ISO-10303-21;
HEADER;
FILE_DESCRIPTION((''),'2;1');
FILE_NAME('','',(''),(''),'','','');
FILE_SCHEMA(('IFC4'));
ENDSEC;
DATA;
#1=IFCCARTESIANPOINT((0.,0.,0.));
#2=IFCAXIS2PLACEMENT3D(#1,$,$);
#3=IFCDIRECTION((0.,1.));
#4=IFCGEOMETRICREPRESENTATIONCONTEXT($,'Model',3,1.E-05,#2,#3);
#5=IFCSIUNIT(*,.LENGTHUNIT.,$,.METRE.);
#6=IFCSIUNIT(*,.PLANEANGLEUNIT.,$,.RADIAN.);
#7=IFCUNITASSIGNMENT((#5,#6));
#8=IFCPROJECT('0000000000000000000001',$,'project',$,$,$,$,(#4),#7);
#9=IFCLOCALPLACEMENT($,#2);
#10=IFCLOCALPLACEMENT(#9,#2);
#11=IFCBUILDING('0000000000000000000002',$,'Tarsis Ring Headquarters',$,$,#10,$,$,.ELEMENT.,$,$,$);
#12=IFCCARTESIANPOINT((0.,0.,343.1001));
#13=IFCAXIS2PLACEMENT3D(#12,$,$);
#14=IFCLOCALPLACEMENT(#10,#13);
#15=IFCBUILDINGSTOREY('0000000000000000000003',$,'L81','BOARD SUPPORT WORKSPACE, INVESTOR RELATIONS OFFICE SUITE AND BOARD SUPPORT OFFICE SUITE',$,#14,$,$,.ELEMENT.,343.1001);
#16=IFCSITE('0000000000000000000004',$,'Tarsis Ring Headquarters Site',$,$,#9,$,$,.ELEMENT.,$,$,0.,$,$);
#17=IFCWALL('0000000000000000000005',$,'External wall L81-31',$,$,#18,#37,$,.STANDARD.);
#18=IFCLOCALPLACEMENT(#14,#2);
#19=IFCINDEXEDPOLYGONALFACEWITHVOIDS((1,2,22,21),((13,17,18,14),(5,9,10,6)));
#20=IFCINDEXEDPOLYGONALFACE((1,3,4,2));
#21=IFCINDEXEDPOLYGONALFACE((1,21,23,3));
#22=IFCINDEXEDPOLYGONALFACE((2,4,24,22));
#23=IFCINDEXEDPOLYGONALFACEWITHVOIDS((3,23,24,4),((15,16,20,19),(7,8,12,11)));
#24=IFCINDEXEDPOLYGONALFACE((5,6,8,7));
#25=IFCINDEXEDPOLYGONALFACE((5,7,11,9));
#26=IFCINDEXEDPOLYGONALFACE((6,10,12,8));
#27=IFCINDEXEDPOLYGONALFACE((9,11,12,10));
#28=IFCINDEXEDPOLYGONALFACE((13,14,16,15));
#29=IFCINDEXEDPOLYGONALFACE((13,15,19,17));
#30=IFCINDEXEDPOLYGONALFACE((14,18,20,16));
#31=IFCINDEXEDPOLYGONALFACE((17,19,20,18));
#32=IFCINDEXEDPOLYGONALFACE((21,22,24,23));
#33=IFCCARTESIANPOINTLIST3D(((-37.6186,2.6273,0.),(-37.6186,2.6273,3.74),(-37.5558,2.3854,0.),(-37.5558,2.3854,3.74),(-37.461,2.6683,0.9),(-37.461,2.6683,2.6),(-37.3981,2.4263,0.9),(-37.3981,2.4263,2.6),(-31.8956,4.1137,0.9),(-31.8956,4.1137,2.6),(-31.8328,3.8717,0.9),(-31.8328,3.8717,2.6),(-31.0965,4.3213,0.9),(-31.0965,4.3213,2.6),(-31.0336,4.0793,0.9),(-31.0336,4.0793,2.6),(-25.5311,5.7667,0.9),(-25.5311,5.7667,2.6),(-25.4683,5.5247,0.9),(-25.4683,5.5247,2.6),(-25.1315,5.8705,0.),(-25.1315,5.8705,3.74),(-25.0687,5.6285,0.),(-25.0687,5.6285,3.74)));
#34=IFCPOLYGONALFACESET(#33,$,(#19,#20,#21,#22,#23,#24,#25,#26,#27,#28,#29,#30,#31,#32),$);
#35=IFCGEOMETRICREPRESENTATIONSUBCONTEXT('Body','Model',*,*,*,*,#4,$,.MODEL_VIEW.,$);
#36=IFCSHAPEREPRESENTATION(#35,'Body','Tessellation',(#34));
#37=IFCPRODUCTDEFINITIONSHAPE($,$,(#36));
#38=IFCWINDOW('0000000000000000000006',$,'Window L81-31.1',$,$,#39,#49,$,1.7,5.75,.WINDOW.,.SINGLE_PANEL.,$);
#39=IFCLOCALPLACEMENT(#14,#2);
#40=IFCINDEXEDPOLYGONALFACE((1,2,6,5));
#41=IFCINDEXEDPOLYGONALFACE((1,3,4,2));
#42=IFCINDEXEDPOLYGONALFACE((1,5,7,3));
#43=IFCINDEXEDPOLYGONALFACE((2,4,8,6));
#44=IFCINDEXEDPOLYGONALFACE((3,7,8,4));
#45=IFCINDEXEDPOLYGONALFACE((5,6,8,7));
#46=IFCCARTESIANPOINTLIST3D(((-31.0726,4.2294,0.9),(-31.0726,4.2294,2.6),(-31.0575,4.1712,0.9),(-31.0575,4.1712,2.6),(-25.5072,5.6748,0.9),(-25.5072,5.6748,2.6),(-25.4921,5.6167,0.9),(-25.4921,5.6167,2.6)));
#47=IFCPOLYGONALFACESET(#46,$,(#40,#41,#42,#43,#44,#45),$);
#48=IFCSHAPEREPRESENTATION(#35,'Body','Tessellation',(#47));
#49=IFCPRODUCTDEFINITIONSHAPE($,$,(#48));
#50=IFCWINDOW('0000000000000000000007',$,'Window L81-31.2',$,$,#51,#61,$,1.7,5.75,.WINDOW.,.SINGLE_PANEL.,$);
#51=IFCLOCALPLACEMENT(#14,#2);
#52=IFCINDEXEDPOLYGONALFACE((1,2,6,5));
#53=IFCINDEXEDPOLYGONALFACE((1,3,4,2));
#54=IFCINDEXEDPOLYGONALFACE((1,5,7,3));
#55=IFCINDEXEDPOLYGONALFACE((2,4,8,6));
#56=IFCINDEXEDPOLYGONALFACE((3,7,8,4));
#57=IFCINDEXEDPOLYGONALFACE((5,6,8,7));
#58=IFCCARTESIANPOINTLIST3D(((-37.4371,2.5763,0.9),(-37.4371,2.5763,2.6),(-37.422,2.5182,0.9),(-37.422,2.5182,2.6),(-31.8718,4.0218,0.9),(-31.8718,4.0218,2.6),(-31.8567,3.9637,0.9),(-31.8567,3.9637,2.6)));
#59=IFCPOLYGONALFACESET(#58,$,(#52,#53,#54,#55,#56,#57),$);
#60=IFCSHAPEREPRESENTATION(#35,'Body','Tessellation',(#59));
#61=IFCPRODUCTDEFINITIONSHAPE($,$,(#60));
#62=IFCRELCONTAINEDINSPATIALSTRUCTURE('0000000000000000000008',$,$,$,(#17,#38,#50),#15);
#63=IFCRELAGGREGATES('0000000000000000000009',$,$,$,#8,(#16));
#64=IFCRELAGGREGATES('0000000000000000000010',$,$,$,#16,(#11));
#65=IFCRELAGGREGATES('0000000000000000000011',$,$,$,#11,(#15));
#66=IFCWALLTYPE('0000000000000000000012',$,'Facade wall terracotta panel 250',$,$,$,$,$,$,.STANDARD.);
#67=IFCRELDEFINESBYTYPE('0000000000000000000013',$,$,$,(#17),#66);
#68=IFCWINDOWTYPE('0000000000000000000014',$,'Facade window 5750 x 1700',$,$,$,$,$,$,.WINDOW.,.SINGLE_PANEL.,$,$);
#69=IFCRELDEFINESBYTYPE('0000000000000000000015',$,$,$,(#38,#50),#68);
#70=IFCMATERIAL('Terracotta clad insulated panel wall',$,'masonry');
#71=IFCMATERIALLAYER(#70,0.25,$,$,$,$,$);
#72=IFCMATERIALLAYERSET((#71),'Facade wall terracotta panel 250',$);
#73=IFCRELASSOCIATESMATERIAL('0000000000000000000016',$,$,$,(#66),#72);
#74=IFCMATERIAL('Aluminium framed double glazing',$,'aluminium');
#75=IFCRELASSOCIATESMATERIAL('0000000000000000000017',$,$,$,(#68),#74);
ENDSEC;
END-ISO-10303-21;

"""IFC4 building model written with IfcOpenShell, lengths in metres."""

from ifc_helpers import new_model, si_unit, direction, frame, frame_2d, origin, place, context, subcontext, project, spatial, rectangle, extrude, material, layer, layer_set, type_object, element, fill, save


model = new_model("IFC4")

# Units and contexts
model_context = context("Model", 3, precision=1e-05, world=origin(), true_north=direction((0.0, 1.0)))
body_context = subcontext(model_context, "Body", "Model", "MODEL_VIEW")
ifc_project = project(units=[si_unit("LENGTHUNIT", "METRE"), si_unit("PLANEANGLEUNIT", "RADIAN")], contexts=[model_context])

# Site, building, storey
site_placement = place(None, origin())
site = spatial("IfcSite", under=ifc_project, at=site_placement, Name="Tarsis Ring Headquarters Site", CompositionType="ELEMENT", RefElevation=0.0)
building_placement = place(site_placement, origin())
building = spatial("IfcBuilding", under=site, at=building_placement, Name="Tarsis Ring Headquarters", CompositionType="ELEMENT")
storey_placement = place(building_placement, frame((0.0, 0.0, 343.1001)))
storey = spatial("IfcBuildingStorey", under=building, at=storey_placement, Name="L81", Description="BOARD SUPPORT WORKSPACE, INVESTOR RELATIONS OFFICE SUITE AND BOARD SUPPORT OFFICE SUITE", CompositionType="ELEMENT", Elevation=343.1001)

# Shared definitions
ifc_material_1 = material(Name="Terracotta clad insulated panel wall", Category="masonry")
ifc_layer_1 = layer(ifc_material_1, 0.25)
ifc_layer_set_1 = layer_set([ifc_layer_1], Name="Facade wall terracotta panel 250")
wall_type_1 = type_object("IfcWallType", Name="Facade wall terracotta panel 250", PredefinedType="STANDARD", material=ifc_layer_set_1)
ifc_material_2 = material(Name="Aluminium framed double glazing", Category="aluminium")

# Wall, openings, windows
wall_1_placement = place(storey_placement, frame((-25.1001, 5.7495, 0.0), z_axis=(0.0, 0.0, 1.0), x_axis=(-0.967888, -0.251382, 0.0)))
wall_1 = element("IfcWall", 1, at=wall_1_placement, inside=storey, type_object=wall_type_1, Name="External wall L81-31", PredefinedType="STANDARD", context=body_context, shape_type="SweptSolid", body=[
    extrude(rectangle(XDim=12.9014, YDim=0.25, at=frame_2d((6.4507, 0.0))), origin(), (0.0, 0.0, 1.0), 3.74),
])
opening_1_placement = place(wall_1_placement, frame((0.4128, 0.0, 0.8999)))
opening_1 = element("IfcOpeningElement", 2, at=opening_1_placement, cuts=wall_1, PredefinedType="OPENING", context=body_context, shape_type="SweptSolid", body=[
    extrude(rectangle(XDim=5.75, YDim=1.7, at=frame_2d((2.875, 0.8501))), frame((0.0, 0.135, 0.0), z_axis=(0.0, -1.0, 0.0), x_axis=(1.0, 0.0, 0.0)), (0.0, 0.0, 1.0), 0.27),
])
opening_2_placement = place(wall_1_placement, frame((6.9885, 0.0, 0.8999)))
opening_2 = element("IfcOpeningElement", 3, at=opening_2_placement, cuts=wall_1, PredefinedType="OPENING", context=body_context, shape_type="SweptSolid", body=[
    extrude(rectangle(XDim=5.75, YDim=1.7, at=frame_2d((2.875, 0.8501))), frame((0.0, 0.135, 0.0), z_axis=(0.0, -1.0, 0.0), x_axis=(1.0, 0.0, 0.0)), (0.0, 0.0, 1.0), 0.27),
])
window_type_1 = type_object("IfcWindowType", Name="Facade window 5750 x 1700", PartitioningType="SINGLE_PANEL", PredefinedType="WINDOW", material=ifc_material_2)
window_1_placement = place(opening_1_placement, origin())
window_1 = element("IfcWindow", 4, at=window_1_placement, inside=storey, type_object=window_type_1, Name="Window L81-31.1", OverallHeight=1.7, OverallWidth=5.75, PartitioningType="SINGLE_PANEL", PredefinedType="WINDOW", context=body_context, shape_type="SweptSolid", body=[
    extrude(rectangle(XDim=5.75, YDim=1.7, at=frame_2d((2.875, 0.8501))), frame((0.0, 0.03, 0.0), z_axis=(0.0, -1.0, 0.0), x_axis=(1.0, 0.0, 0.0)), (0.0, 0.0, 1.0), 0.0601),
])
fill(opening_1, window_1)
window_2_placement = place(opening_2_placement, origin())
window_2 = element("IfcWindow", 5, at=window_2_placement, inside=storey, type_object=window_type_1, Name="Window L81-31.2", OverallHeight=1.7, OverallWidth=5.75, PartitioningType="SINGLE_PANEL", PredefinedType="WINDOW", context=body_context, shape_type="SweptSolid", body=[
    extrude(rectangle(XDim=5.75, YDim=1.7, at=frame_2d((2.875, 0.8501))), frame((0.0, 0.03, 0.0), z_axis=(0.0, -1.0, 0.0), x_axis=(1.0, 0.0, 0.0)), (0.0, 0.0, 1.0), 0.0601),
])
fill(opening_2, window_2)

save(model, "model.ifc")
